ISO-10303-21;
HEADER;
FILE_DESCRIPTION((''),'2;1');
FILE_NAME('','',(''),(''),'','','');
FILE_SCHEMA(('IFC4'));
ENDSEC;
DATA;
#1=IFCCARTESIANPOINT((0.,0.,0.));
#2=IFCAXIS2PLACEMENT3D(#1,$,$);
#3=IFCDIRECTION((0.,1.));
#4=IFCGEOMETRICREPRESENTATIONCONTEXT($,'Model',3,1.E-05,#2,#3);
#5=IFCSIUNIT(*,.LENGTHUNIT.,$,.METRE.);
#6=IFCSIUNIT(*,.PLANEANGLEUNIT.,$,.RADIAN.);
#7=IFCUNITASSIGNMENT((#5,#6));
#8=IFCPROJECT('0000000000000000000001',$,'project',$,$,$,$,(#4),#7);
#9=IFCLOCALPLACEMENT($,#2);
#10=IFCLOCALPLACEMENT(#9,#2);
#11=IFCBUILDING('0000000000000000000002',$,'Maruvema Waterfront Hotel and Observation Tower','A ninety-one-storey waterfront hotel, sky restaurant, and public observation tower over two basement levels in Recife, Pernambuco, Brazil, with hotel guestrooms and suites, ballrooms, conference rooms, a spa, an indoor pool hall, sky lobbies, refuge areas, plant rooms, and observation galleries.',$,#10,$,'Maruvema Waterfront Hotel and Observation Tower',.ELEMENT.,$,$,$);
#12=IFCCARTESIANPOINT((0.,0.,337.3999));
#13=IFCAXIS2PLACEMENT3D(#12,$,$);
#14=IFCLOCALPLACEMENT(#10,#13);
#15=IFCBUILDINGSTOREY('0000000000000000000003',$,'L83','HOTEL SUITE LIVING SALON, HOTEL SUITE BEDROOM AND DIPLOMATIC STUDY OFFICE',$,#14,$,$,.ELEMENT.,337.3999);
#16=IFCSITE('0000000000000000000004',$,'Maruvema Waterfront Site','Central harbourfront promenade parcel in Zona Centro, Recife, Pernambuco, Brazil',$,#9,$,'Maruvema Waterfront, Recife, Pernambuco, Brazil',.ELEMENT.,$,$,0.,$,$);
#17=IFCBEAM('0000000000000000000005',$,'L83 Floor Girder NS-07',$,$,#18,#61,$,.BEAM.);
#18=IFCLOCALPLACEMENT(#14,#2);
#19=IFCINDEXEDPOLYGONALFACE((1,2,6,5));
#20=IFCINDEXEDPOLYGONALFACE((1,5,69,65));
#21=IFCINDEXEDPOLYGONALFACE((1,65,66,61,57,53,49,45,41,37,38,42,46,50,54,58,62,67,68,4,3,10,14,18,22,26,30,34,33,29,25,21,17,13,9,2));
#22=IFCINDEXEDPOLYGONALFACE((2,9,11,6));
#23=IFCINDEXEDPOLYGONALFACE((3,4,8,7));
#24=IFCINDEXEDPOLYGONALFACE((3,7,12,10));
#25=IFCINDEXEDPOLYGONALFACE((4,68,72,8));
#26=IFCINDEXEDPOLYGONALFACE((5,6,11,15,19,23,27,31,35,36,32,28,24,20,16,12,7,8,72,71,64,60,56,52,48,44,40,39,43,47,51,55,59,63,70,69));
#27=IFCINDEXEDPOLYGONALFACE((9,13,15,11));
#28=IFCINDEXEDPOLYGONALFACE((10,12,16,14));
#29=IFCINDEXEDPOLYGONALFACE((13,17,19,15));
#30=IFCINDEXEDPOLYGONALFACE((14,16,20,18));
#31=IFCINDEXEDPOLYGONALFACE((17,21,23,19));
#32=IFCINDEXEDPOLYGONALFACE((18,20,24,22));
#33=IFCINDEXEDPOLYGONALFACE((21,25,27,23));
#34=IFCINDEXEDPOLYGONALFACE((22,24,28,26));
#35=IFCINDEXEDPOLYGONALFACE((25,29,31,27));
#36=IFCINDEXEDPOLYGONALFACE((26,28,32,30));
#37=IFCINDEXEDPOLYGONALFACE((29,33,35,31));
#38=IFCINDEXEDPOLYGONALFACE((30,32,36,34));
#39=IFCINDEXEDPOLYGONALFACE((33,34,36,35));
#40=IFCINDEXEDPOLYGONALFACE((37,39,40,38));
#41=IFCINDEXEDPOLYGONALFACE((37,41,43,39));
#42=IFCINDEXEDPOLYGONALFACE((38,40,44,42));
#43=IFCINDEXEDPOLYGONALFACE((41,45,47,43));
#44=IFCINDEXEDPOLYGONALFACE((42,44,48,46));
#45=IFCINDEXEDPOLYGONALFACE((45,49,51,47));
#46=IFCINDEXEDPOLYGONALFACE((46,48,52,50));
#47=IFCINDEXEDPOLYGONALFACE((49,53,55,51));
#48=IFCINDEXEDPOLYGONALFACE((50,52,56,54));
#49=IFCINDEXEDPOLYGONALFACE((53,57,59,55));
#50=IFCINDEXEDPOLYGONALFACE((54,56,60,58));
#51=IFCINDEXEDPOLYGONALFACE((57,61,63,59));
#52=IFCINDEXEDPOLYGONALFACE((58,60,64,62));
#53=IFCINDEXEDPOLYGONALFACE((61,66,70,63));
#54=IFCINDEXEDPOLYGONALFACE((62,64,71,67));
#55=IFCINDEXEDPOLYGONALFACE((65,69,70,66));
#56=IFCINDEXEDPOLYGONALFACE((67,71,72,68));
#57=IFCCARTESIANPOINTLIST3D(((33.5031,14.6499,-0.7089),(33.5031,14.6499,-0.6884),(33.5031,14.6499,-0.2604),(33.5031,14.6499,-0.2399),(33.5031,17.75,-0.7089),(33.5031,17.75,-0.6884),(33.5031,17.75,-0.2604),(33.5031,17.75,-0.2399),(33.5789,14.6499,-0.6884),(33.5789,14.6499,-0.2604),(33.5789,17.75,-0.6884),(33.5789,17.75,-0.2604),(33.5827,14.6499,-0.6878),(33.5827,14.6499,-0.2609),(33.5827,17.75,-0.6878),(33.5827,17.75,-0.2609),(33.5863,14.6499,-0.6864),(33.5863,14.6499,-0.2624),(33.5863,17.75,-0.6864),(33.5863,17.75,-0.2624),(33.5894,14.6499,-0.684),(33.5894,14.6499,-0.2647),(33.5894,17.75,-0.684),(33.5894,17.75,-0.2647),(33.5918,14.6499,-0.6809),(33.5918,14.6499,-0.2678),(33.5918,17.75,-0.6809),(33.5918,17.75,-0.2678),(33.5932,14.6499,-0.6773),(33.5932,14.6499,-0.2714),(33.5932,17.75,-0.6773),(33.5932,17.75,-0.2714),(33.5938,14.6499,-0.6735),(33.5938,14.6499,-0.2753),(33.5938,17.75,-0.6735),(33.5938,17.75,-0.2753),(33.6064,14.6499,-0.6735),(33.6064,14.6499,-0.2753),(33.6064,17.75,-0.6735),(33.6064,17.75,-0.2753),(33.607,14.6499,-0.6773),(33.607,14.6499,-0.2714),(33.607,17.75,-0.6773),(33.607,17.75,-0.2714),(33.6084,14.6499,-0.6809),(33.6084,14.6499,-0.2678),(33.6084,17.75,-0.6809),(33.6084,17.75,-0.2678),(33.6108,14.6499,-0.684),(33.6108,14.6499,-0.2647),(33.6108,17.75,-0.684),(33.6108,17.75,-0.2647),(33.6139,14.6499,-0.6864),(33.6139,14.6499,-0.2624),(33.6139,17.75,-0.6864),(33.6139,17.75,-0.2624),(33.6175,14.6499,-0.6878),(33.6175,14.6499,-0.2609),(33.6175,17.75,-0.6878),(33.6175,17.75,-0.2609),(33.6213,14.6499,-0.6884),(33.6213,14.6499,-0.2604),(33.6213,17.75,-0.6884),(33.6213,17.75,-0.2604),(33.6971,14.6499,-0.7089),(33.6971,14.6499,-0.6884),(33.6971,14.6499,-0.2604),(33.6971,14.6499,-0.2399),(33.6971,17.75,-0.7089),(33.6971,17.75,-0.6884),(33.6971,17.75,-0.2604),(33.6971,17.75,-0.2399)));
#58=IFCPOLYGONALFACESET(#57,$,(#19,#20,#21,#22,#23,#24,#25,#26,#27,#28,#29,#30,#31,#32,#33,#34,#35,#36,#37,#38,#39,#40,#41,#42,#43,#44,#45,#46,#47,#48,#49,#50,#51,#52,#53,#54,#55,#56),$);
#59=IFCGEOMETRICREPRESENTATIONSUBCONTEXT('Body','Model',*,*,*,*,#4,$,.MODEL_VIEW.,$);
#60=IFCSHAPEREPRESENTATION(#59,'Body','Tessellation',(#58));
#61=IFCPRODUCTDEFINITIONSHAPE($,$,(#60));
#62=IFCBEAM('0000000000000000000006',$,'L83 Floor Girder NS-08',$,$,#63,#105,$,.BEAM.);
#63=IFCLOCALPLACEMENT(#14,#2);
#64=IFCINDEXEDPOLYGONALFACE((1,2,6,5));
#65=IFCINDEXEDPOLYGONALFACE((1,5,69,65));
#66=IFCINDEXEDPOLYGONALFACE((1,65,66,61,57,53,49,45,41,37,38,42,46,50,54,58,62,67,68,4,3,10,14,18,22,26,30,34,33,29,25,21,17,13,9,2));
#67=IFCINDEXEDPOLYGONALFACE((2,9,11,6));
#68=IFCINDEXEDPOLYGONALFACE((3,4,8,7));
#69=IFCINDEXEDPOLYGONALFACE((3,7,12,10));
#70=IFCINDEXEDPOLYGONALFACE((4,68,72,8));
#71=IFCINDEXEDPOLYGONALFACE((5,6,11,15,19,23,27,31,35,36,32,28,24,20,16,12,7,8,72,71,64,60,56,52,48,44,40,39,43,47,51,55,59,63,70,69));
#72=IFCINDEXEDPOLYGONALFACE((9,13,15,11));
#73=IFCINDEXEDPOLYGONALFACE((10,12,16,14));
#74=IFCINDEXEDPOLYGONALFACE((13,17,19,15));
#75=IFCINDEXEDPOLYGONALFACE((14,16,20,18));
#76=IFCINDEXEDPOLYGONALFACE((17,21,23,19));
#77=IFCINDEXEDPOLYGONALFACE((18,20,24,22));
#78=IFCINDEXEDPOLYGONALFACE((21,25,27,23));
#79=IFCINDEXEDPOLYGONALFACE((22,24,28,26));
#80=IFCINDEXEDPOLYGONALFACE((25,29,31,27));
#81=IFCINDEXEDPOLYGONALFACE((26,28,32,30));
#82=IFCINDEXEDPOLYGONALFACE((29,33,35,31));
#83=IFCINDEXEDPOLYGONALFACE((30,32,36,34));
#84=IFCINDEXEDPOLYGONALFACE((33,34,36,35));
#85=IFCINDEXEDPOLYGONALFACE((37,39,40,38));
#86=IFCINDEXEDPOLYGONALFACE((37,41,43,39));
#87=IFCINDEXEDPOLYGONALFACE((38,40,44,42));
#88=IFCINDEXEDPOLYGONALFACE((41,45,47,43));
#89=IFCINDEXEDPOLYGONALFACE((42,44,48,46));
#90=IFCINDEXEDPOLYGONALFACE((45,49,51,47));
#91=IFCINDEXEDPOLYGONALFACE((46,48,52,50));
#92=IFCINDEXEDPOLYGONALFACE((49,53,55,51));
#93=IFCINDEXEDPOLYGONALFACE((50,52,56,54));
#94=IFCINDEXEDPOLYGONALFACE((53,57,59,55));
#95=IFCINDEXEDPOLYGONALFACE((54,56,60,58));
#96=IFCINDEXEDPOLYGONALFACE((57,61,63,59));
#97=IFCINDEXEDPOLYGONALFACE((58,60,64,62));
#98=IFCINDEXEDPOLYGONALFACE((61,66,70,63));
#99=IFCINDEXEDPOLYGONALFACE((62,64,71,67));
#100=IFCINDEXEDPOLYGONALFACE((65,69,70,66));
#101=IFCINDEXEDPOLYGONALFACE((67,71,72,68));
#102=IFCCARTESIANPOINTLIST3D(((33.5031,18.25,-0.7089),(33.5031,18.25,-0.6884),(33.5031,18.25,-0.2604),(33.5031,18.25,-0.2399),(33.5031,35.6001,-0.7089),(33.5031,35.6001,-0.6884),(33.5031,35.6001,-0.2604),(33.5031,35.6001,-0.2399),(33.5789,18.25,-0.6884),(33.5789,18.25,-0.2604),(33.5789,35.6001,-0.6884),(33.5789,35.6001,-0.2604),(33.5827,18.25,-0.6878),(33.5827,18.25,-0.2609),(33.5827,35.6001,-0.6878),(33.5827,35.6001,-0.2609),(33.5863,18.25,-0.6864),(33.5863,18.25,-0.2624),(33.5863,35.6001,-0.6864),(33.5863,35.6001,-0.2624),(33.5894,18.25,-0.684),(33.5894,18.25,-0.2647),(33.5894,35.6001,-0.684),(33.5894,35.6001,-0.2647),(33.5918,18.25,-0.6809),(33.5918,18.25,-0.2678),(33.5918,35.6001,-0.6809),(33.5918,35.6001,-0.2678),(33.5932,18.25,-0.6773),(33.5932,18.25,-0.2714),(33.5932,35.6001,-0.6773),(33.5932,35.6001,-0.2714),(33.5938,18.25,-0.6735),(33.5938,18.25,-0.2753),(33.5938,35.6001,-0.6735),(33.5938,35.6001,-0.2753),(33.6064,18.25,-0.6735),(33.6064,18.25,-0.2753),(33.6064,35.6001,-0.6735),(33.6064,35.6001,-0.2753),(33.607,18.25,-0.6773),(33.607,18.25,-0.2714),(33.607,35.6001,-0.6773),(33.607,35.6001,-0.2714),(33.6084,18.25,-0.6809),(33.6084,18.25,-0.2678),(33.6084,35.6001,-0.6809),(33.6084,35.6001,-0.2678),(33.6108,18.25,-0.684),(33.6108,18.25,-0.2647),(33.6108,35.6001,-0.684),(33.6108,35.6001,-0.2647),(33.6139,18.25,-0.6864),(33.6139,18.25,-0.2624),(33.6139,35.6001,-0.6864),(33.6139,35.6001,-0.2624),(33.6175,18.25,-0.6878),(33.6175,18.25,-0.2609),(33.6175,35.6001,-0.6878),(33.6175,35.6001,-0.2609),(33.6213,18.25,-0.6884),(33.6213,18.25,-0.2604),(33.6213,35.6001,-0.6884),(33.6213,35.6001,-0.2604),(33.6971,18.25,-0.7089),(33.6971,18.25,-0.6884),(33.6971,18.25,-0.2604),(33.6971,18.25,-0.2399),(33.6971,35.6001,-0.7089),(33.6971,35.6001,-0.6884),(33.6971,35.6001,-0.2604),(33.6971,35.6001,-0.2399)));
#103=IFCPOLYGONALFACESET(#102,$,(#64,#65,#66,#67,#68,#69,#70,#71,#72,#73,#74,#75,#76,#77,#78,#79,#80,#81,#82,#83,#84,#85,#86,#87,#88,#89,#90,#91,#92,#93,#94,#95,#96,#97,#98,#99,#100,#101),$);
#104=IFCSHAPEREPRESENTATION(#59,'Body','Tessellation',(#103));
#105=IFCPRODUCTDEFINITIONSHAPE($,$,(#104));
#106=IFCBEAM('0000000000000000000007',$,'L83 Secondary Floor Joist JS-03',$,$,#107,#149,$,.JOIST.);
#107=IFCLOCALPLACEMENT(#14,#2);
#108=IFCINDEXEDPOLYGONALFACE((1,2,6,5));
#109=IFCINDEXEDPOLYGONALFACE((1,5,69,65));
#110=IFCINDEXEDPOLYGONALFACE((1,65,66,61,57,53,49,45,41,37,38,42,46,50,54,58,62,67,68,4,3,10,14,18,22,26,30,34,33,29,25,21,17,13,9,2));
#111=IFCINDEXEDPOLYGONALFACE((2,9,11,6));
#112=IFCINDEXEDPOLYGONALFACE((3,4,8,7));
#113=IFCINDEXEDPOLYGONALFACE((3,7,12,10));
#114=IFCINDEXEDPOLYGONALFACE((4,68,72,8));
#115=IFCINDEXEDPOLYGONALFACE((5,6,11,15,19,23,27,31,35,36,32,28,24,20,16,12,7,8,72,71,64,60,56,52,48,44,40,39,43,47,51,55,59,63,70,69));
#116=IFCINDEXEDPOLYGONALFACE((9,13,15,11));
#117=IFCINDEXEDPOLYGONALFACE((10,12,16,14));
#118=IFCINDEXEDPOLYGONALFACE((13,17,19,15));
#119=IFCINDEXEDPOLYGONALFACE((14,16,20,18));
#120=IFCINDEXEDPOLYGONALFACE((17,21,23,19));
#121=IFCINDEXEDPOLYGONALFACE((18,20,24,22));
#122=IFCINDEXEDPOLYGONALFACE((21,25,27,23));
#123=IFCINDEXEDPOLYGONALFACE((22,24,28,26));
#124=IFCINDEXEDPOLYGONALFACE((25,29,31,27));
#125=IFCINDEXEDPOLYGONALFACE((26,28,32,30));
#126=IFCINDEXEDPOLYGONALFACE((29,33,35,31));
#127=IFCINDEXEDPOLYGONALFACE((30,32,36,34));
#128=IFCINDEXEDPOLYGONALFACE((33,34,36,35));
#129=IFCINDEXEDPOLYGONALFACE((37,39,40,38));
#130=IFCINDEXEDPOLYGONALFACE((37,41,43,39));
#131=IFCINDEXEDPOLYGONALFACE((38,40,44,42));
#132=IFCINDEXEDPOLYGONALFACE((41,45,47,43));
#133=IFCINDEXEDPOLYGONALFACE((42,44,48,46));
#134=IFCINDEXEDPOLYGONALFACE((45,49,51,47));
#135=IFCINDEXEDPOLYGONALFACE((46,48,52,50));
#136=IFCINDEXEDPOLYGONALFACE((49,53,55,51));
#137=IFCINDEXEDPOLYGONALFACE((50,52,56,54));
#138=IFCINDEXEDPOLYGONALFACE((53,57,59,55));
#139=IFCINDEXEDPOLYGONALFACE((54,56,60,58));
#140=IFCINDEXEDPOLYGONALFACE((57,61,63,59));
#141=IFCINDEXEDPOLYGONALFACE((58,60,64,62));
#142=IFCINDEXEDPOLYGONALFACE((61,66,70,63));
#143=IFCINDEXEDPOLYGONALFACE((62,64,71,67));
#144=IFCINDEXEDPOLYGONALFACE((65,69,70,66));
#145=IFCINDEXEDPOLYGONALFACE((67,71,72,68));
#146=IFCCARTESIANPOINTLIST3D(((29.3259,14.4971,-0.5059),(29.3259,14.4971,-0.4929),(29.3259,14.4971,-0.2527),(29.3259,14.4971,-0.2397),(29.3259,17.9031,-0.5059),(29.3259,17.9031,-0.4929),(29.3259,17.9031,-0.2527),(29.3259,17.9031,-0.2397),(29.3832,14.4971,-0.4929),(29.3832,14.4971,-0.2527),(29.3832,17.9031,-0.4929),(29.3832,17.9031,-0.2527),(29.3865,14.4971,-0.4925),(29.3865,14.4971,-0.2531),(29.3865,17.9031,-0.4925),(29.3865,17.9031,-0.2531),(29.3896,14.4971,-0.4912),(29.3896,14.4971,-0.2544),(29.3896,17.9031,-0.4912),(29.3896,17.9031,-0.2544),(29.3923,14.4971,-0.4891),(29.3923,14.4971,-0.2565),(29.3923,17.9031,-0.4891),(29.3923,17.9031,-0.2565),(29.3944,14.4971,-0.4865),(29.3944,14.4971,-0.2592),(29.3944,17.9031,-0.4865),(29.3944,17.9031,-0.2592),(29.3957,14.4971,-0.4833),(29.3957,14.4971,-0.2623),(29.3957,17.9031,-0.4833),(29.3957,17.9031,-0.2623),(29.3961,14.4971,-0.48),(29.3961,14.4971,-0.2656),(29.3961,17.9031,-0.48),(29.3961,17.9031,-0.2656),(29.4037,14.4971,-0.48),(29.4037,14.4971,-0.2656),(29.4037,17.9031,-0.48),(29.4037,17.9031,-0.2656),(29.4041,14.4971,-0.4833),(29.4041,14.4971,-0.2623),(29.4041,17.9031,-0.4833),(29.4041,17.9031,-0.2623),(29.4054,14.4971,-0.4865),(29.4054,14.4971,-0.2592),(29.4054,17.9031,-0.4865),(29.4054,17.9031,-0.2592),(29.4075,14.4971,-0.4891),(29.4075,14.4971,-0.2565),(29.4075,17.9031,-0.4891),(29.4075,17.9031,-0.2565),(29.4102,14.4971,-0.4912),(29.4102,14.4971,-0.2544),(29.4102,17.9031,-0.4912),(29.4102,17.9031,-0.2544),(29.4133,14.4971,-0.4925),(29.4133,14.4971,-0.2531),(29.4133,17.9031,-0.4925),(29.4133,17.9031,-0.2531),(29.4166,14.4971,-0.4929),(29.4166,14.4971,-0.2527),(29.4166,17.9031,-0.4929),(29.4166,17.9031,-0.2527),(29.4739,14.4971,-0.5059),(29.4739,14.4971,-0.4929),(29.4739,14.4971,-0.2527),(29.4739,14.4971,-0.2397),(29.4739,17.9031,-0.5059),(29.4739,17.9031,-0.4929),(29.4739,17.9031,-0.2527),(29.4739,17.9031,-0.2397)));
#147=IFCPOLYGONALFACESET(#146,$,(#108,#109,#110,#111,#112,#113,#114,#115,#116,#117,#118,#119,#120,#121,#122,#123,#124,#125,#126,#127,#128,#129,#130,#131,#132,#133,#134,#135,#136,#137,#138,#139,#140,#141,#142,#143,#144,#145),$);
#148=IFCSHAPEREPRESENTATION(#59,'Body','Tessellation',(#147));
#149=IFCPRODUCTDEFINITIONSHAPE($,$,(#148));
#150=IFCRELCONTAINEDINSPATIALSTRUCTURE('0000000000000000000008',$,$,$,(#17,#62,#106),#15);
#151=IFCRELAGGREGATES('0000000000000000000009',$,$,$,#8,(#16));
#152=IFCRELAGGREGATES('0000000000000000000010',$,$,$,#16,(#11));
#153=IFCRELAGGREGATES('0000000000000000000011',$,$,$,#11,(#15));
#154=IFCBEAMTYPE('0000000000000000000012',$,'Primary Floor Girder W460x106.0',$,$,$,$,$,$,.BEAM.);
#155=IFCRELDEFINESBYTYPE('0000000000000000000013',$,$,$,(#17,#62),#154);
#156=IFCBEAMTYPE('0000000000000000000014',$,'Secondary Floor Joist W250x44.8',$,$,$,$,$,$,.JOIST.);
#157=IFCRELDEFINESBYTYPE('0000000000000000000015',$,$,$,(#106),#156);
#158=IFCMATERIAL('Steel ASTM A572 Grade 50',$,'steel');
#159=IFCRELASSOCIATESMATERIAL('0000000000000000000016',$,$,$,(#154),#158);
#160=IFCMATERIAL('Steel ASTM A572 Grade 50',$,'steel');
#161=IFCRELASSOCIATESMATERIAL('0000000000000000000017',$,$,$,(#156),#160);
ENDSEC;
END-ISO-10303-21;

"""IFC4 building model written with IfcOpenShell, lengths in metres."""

from ifc_helpers import new_model, si_unit, direction, frame, origin, origin_2d, place, context, subcontext, project, spatial, i_section, extrude, material, material_profile, profile_set, type_object, element, save


model = new_model("IFC4")

# Units and contexts
model_context = context("Model", 3, precision=1e-05, world=origin(), true_north=direction((0.0, 1.0)))
body_context = subcontext(model_context, "Body", "Model", "MODEL_VIEW")
ifc_project = project(units=[si_unit("LENGTHUNIT", "METRE"), si_unit("PLANEANGLEUNIT", "RADIAN")], contexts=[model_context])

# Site, building, storey
site_placement = place(None, origin())
site = spatial("IfcSite", under=ifc_project, at=site_placement, Name="Maruvema Waterfront Site", Description="Central harbourfront promenade parcel in Zona Centro, Recife, Pernambuco, Brazil", LongName="Maruvema Waterfront, Recife, Pernambuco, Brazil", CompositionType="ELEMENT", RefElevation=0.0)
building_placement = place(site_placement, origin())
building = spatial("IfcBuilding", under=site, at=building_placement, Name="Maruvema Waterfront Hotel and Observation Tower", Description="A ninety-one-storey waterfront hotel, sky restaurant, and public observation tower over two basement levels in Recife, Pernambuco, Brazil, with hotel guestrooms and suites, ballrooms, conference rooms, a spa, an indoor pool hall, sky lobbies, refuge areas, plant rooms, and observation galleries.", LongName="Maruvema Waterfront Hotel and Observation Tower", CompositionType="ELEMENT")
storey_placement = place(building_placement, frame((0.0, 0.0, 337.3999)))
storey = spatial("IfcBuildingStorey", under=building, at=storey_placement, Name="L83", Description="HOTEL SUITE LIVING SALON, HOTEL SUITE BEDROOM AND DIPLOMATIC STUDY OFFICE", CompositionType="ELEMENT", Elevation=337.3999)

# Beams
ifc_material_1 = material(Name="Steel ASTM A572 Grade 50", Category="steel")
ifc_material_profile_1 = material_profile(ifc_material_1, i_section(OverallWidth=0.1941, OverallDepth=0.469, WebThickness=0.0127, FlangeThickness=0.0205, FilletRadius=0.0149, at=origin_2d()), Name="W460x106.0")
ifc_profile_set_1 = profile_set([ifc_material_profile_1], Name="Steel ASTM A572 Grade 50")
beam_type_1 = type_object("IfcBeamType", Name="Primary Floor Girder W460x106.0", PredefinedType="BEAM", material=ifc_profile_set_1)
beam_1_placement = place(storey_placement, frame((33.6001, 14.6499, -0.4744), z_axis=(0.0, 1.0, 0.0), x_axis=(-1.0, 0.0, 0.0)))
element("IfcBeam", 1, at=beam_1_placement, inside=storey, type_object=beam_type_1, Name="L83 Floor Girder NS-07", PredefinedType="BEAM", context=body_context, shape_type="SweptSolid", body=[
    extrude(i_section(OverallWidth=0.1941, OverallDepth=0.469, WebThickness=0.0127, FlangeThickness=0.0205, FilletRadius=0.0149, at=origin_2d()), origin(), (0.0, 0.0, 1.0), 3.1001),
])
beam_2_placement = place(storey_placement, frame((33.6001, 18.25, -0.4744), z_axis=(0.0, 1.0, 0.0), x_axis=(-1.0, 0.0, 0.0)))
element("IfcBeam", 2, at=beam_2_placement, inside=storey, type_object=beam_type_1, Name="L83 Floor Girder NS-08", PredefinedType="BEAM", context=body_context, shape_type="SweptSolid", body=[
    extrude(i_section(OverallWidth=0.1941, OverallDepth=0.469, WebThickness=0.0127, FlangeThickness=0.0205, FilletRadius=0.0149, at=origin_2d()), origin(), (0.0, 0.0, 1.0), 17.3501),
])
ifc_material_2 = material(Name="Steel ASTM A572 Grade 50", Category="steel")
ifc_material_profile_2 = material_profile(ifc_material_2, i_section(OverallWidth=0.1479, OverallDepth=0.2661, WebThickness=0.0076, FlangeThickness=0.0129, FilletRadius=0.0129, at=origin_2d()), Name="W250x44.8")
ifc_profile_set_2 = profile_set([ifc_material_profile_2], Name="Steel ASTM A572 Grade 50")
beam_type_2 = type_object("IfcBeamType", Name="Secondary Floor Joist W250x44.8", PredefinedType="JOIST", material=ifc_profile_set_2)
beam_3_placement = place(storey_placement, frame((29.3999, 14.4971, -0.3728), z_axis=(0.0, 1.0, 0.0), x_axis=(-1.0, 0.0, 0.0)))
element("IfcBeam", 3, at=beam_3_placement, inside=storey, type_object=beam_type_2, Name="L83 Secondary Floor Joist JS-03", PredefinedType="JOIST", context=body_context, shape_type="SweptSolid", body=[
    extrude(i_section(OverallWidth=0.1479, OverallDepth=0.2661, WebThickness=0.0076, FlangeThickness=0.0129, FilletRadius=0.0129, at=origin_2d()), origin(), (0.0, 0.0, 1.0), 3.406),
])

save(model, "model.ifc")
